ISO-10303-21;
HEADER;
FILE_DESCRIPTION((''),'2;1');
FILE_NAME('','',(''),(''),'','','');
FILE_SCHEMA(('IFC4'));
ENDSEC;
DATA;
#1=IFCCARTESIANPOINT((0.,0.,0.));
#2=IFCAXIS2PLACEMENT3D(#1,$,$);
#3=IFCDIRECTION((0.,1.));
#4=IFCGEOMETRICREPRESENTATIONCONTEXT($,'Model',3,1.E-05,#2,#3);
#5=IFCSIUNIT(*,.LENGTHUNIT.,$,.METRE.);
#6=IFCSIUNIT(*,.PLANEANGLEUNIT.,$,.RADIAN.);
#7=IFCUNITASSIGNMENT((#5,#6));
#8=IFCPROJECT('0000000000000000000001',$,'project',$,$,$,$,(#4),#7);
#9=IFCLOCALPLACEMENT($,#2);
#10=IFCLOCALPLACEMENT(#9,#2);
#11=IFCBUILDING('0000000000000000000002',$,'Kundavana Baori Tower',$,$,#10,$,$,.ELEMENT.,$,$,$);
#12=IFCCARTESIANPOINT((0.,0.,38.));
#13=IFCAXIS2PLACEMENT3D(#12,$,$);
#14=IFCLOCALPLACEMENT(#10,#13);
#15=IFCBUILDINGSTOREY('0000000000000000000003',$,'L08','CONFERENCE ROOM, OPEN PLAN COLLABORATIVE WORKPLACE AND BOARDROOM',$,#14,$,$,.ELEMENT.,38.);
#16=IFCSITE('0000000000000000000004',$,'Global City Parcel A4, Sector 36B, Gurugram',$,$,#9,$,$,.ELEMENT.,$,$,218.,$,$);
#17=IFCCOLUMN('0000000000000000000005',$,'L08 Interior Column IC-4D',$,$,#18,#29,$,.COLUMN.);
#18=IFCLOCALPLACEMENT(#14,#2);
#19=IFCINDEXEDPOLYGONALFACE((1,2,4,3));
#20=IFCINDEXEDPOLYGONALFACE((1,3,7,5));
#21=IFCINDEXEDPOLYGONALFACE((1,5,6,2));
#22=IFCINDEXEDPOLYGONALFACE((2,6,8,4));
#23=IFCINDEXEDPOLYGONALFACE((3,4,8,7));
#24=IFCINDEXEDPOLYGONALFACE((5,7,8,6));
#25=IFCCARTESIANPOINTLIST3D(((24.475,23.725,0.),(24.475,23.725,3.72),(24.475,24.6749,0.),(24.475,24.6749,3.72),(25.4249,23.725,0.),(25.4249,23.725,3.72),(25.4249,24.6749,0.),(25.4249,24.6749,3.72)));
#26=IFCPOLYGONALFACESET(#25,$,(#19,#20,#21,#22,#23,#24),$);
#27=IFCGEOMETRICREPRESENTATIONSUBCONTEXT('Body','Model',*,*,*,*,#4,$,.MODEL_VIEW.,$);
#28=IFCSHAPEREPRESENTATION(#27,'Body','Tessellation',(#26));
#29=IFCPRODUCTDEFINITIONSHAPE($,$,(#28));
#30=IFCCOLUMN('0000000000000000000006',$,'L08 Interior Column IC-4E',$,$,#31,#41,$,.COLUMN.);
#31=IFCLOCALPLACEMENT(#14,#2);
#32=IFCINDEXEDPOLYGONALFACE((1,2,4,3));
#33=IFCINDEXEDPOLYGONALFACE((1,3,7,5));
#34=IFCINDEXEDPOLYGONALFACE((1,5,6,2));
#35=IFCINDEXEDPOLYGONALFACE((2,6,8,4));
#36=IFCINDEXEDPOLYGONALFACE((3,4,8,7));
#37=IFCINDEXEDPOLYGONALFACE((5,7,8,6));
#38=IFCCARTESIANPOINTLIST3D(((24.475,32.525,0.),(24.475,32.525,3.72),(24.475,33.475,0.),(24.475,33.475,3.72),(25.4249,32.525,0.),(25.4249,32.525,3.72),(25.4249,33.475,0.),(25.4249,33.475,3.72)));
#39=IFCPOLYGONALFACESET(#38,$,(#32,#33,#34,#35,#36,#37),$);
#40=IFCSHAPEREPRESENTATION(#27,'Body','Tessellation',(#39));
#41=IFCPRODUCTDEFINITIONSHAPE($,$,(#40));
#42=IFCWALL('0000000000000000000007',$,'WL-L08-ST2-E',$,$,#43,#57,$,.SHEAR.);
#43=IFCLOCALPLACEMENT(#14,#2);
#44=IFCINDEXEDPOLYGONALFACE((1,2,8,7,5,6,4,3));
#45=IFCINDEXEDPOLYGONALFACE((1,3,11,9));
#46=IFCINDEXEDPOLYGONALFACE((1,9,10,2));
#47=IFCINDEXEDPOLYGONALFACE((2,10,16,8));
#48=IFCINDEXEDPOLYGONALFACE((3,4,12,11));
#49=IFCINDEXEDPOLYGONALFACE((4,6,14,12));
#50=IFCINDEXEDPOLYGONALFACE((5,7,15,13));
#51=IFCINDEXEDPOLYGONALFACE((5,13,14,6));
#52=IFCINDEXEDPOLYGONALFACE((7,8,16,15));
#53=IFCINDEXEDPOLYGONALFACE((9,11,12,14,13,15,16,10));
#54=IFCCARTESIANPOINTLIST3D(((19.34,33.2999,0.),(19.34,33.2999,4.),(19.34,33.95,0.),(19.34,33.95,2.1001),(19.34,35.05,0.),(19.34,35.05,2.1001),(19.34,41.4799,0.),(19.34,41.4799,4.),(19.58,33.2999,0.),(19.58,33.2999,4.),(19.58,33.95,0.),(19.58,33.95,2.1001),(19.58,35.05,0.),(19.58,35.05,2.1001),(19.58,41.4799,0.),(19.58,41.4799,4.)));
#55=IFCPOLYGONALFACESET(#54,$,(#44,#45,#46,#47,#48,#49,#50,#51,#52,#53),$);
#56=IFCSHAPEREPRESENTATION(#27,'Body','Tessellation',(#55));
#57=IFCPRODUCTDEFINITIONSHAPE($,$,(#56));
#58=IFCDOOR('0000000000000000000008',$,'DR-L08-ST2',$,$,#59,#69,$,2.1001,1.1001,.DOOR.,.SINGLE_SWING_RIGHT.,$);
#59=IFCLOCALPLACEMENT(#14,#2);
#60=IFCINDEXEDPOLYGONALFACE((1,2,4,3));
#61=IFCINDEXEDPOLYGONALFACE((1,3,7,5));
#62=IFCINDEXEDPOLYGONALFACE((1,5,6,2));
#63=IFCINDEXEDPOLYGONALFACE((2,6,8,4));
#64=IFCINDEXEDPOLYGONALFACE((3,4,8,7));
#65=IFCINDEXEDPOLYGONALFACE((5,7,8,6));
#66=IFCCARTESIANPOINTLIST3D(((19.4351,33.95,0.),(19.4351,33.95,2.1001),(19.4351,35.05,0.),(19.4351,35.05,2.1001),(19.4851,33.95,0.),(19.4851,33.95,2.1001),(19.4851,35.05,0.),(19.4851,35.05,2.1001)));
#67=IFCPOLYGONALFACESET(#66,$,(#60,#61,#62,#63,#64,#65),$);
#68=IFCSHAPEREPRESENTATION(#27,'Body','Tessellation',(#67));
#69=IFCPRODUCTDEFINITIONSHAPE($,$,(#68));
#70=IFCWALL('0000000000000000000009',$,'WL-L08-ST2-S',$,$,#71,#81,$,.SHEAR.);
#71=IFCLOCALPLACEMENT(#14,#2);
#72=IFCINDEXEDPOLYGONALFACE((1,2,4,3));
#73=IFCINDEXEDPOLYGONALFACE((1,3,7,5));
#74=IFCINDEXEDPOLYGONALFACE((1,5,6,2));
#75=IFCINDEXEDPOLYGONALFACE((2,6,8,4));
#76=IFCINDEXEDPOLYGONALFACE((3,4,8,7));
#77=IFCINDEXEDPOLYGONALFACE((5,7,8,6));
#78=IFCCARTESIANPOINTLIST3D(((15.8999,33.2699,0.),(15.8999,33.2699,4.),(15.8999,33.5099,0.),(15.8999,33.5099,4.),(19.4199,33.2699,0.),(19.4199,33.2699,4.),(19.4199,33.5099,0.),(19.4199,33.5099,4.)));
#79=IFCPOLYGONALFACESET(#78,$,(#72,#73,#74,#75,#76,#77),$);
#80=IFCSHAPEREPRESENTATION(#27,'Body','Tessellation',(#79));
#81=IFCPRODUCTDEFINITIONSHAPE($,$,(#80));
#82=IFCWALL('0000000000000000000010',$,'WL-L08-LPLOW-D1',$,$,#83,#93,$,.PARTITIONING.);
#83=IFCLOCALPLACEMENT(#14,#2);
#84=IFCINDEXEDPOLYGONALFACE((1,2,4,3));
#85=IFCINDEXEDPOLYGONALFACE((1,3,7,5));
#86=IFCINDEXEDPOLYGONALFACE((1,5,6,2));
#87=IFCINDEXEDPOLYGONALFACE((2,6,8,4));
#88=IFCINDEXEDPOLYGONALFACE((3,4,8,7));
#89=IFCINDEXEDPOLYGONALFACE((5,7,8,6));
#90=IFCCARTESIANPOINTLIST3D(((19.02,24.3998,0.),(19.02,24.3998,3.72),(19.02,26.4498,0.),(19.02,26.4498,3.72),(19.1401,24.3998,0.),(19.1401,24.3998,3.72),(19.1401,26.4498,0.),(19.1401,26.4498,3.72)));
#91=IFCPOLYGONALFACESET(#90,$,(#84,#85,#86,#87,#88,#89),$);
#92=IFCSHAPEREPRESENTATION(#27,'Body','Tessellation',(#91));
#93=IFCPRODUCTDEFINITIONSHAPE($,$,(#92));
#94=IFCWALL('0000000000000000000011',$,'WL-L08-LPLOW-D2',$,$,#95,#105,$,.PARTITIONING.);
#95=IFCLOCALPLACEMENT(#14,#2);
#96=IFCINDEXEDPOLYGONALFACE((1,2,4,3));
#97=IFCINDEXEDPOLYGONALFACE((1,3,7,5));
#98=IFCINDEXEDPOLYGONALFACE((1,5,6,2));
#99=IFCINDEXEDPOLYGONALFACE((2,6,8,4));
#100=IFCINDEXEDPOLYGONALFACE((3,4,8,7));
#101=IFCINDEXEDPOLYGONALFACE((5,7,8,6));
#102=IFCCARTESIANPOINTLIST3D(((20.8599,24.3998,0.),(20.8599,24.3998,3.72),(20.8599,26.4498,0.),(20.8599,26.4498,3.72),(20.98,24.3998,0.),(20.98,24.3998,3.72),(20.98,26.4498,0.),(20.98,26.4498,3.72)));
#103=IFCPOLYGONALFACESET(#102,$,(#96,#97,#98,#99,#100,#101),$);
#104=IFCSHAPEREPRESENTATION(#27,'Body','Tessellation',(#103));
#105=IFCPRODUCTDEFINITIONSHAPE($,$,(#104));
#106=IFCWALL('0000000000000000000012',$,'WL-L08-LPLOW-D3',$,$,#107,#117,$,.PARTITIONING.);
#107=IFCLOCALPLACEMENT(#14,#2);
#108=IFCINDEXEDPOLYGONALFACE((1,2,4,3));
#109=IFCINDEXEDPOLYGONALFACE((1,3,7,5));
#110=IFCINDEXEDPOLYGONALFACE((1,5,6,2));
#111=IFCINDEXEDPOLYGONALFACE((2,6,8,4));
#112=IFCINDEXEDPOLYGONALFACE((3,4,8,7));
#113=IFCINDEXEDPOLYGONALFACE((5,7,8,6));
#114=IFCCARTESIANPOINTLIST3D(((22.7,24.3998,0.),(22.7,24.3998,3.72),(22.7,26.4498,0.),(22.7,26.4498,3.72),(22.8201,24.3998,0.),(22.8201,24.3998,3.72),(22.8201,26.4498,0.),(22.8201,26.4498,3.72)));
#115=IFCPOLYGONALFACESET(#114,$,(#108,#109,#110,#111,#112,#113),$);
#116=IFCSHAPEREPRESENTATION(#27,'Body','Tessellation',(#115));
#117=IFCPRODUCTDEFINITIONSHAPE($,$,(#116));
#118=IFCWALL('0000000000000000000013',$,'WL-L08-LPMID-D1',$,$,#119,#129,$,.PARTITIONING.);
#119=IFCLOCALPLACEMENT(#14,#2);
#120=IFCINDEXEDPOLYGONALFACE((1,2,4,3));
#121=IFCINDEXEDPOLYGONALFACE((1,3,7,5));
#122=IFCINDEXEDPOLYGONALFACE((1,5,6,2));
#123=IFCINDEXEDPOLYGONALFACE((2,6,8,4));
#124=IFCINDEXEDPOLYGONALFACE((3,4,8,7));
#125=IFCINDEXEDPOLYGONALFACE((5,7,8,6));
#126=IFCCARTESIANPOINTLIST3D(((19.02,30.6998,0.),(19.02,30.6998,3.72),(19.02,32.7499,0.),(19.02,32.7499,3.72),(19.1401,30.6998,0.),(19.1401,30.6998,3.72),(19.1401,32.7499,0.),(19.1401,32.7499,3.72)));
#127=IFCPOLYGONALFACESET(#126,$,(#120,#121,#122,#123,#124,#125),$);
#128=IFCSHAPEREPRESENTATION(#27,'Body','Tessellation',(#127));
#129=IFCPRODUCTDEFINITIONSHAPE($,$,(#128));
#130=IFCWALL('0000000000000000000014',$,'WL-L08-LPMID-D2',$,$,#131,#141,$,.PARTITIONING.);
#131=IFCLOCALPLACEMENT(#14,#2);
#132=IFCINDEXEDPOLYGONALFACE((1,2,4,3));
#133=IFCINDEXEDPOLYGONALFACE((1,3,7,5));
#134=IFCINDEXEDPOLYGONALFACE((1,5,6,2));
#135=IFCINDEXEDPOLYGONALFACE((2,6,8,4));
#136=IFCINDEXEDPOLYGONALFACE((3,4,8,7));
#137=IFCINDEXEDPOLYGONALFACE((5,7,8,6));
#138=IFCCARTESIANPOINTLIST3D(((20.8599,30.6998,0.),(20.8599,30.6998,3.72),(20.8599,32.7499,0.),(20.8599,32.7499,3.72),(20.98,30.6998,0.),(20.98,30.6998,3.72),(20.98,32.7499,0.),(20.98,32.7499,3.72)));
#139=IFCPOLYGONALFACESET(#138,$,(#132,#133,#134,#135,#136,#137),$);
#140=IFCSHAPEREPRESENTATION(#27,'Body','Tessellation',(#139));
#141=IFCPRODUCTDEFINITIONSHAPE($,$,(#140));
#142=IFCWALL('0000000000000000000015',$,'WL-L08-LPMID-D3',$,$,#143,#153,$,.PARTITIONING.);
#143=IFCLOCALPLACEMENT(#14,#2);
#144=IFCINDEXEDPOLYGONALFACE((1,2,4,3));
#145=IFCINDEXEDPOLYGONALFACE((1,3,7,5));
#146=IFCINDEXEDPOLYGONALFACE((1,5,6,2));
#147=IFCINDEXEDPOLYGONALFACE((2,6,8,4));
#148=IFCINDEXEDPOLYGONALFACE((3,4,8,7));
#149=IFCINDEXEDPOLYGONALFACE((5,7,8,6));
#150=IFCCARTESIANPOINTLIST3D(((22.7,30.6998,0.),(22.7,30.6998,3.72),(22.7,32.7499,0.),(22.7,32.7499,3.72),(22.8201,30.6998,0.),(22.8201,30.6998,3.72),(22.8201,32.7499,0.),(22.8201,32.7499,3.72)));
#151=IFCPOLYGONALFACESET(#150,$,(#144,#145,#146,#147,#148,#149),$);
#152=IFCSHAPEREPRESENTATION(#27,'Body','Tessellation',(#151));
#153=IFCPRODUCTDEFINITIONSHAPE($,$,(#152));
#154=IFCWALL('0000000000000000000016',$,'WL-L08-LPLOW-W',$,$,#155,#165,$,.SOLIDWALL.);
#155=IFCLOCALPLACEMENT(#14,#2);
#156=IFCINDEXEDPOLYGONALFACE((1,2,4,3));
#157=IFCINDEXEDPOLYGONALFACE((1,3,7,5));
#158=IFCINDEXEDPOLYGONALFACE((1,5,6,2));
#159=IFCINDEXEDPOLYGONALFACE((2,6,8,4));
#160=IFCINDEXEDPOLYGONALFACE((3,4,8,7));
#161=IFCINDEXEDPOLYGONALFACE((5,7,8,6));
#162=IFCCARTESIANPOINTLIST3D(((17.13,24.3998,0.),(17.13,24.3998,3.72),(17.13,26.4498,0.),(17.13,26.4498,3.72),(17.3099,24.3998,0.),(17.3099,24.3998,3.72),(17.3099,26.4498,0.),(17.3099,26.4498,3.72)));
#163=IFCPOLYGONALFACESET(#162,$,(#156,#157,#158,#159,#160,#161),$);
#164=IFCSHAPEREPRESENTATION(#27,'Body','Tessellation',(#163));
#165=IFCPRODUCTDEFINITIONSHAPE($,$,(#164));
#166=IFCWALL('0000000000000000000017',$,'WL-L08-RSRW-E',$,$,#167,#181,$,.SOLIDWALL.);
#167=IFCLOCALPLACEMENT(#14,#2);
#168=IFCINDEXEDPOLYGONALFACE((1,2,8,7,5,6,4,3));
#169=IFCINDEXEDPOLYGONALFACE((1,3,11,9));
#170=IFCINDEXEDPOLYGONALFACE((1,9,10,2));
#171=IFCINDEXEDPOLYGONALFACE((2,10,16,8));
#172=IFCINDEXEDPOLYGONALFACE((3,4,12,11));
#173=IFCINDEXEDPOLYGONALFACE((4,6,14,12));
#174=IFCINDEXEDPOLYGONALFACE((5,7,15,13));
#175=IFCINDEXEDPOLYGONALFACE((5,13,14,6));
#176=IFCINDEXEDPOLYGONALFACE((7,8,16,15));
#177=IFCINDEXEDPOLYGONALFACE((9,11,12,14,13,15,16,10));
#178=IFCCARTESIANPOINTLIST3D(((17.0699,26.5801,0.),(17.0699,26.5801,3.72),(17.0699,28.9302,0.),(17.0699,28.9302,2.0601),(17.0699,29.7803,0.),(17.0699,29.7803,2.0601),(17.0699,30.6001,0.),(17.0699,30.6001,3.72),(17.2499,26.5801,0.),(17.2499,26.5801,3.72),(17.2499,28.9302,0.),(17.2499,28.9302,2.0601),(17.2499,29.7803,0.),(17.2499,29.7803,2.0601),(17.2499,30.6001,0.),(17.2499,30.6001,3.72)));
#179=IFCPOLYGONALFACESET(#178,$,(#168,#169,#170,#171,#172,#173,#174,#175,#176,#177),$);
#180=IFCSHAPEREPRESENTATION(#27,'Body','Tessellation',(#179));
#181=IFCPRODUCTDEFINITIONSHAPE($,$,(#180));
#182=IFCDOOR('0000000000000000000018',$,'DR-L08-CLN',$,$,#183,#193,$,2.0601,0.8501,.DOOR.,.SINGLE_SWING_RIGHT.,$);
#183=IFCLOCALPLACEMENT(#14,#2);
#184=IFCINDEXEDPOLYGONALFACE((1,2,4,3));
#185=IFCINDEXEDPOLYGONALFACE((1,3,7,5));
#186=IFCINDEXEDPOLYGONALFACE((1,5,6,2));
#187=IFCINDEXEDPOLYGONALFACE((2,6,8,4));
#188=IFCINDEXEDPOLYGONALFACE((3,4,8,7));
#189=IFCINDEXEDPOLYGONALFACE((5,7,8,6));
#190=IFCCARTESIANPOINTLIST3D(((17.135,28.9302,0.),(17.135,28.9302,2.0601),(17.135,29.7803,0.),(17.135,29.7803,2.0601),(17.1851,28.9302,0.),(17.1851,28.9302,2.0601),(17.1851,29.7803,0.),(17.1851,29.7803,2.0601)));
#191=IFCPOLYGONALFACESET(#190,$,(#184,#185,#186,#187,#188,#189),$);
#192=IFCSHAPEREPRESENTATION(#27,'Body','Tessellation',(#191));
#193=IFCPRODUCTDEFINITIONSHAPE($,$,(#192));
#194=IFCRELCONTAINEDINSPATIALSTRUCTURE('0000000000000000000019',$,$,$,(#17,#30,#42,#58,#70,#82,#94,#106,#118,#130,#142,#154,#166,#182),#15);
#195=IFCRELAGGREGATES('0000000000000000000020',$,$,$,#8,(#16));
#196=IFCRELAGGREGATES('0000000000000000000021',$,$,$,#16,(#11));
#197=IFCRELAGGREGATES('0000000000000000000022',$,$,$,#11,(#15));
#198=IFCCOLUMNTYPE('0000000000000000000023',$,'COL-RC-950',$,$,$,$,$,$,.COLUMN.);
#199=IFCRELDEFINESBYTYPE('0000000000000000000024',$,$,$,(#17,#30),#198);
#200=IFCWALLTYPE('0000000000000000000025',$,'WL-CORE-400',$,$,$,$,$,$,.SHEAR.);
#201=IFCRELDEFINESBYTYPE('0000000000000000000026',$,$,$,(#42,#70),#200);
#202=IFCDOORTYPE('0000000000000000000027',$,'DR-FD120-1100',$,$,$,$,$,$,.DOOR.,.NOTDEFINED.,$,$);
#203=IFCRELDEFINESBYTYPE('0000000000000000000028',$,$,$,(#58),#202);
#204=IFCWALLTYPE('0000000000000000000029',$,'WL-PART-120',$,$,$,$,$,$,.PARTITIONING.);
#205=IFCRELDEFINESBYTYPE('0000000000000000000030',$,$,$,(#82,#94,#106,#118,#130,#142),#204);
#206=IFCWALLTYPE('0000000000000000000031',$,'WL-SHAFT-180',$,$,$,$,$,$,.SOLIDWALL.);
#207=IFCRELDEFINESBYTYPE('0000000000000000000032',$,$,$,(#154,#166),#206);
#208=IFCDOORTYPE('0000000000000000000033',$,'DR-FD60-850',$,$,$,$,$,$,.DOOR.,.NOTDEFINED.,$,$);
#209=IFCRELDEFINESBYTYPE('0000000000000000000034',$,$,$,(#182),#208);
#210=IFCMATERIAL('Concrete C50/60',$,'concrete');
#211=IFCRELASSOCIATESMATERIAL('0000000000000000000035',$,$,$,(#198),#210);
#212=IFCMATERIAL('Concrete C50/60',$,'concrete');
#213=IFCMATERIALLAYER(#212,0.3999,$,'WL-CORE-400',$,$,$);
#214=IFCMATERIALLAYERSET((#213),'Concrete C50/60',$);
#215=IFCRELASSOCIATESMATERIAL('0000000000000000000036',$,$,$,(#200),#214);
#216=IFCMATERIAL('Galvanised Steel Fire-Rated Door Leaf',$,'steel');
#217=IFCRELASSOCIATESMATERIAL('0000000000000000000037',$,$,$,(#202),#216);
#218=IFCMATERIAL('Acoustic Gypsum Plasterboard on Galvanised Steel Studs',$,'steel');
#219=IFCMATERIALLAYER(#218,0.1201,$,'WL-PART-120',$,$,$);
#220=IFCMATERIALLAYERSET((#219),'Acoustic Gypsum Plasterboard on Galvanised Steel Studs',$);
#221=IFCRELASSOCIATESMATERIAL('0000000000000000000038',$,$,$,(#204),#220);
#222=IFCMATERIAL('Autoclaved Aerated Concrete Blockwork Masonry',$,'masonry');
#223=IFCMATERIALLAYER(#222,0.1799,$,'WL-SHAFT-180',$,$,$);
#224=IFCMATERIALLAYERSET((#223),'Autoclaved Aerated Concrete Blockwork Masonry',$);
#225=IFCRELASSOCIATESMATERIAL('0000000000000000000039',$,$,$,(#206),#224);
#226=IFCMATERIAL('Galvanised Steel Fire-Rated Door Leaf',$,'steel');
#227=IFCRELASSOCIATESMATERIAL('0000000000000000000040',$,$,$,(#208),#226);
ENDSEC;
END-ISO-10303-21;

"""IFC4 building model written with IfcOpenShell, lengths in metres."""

from ifc_helpers import new_model, si_unit, direction, frame, frame_2d, origin, origin_2d, place, context, subcontext, project, spatial, rectangle, extrude, material, layer, layer_set, material_profile, profile_set, type_object, element, fill, save


model = new_model("IFC4")

# Units and contexts
model_context = context("Model", 3, precision=1e-05, world=origin(), true_north=direction((0.0, 1.0)))
body_context = subcontext(model_context, "Body", "Model", "MODEL_VIEW")
ifc_project = project(units=[si_unit("LENGTHUNIT", "METRE"), si_unit("PLANEANGLEUNIT", "RADIAN")], contexts=[model_context])

# Site, building, storey
site_placement = place(None, origin())
site = spatial("IfcSite", under=ifc_project, at=site_placement, Name="Global City Parcel A4, Sector 36B, Gurugram", CompositionType="ELEMENT", RefElevation=218.0)
building_placement = place(site_placement, origin())
building = spatial("IfcBuilding", under=site, at=building_placement, Name="Kundavana Baori Tower", CompositionType="ELEMENT")
storey_placement = place(building_placement, frame((0.0, 0.0, 38.0)))
storey = spatial("IfcBuildingStorey", under=building, at=storey_placement, Name="L08", Description="CONFERENCE ROOM, OPEN PLAN COLLABORATIVE WORKPLACE AND BOARDROOM", CompositionType="ELEMENT", Elevation=38.0)

# Columns
ifc_material_1 = material(Name="Concrete C50/60", Category="concrete")
ifc_material_profile = material_profile(ifc_material_1, rectangle(XDim=0.95, YDim=0.95, at=origin_2d()), Name="RC 950x950")
ifc_profile_set = profile_set([ifc_material_profile], Name="Concrete C50/60")
column_type = type_object("IfcColumnType", Name="COL-RC-950", PredefinedType="COLUMN", material=ifc_profile_set)
for number, where, z_axis, x_axis, name in (
    (1, (24.95, 24.2, 0.0), (0.0, 0.0, 1.0), (1.0, 0.0, 0.0), "L08 Interior Column IC-4D"),
    (2, (24.95, 33.0, 0.0), (0.0, 0.0, 1.0), (1.0, 0.0, 0.0), "L08 Interior Column IC-4E"),
):
    element("IfcColumn", number, at=place(storey_placement, frame(where, z_axis=z_axis, x_axis=x_axis)), inside=storey, type_object=column_type, Name=name, PredefinedType="COLUMN", context=body_context, shape_type="SweptSolid", body=[
        extrude(rectangle(XDim=0.95, YDim=0.95, at=origin_2d()), origin(), (0.0, 0.0, 1.0), 3.72),
    ])

# Wall, opening, door
ifc_material_2 = material(Name="Concrete C50/60", Category="concrete")
ifc_layer_1 = layer(ifc_material_2, 0.3999, Name="WL-CORE-400")
ifc_layer_set_1 = layer_set([ifc_layer_1], Name="Concrete C50/60")
wall_type_1 = type_object("IfcWallType", Name="WL-CORE-400", PredefinedType="SHEAR", material=ifc_layer_set_1)
wall_1_placement = place(storey_placement, frame((19.46, 33.3, 0.0), z_axis=(0.0, 0.0, 1.0), x_axis=(0.0, 1.0, 0.0)))
wall_1 = element("IfcWall", 3, at=wall_1_placement, inside=storey, type_object=wall_type_1, Name="WL-L08-ST2-E", PredefinedType="SHEAR", context=body_context, shape_type="SweptSolid", body=[
    extrude(rectangle(XDim=8.1799, YDim=0.24, at=frame_2d((4.0898, 0.0))), origin(), (0.0, 0.0, 1.0), 4.0),
])
opening_1_placement = place(wall_1_placement, frame((0.6499, 0.0, 0.0)))
opening_1 = element("IfcOpeningElement", 4, at=opening_1_placement, cuts=wall_1, PredefinedType="OPENING", context=body_context, shape_type="SweptSolid", body=[
    extrude(rectangle(XDim=1.1001, YDim=2.1001, at=frame_2d((0.55, 1.05))), frame((0.0, 0.1299, 0.0), z_axis=(0.0, -1.0, 0.0), x_axis=(1.0, 0.0, 0.0)), (0.0, 0.0, 1.0), 0.26),
])
ifc_material_3 = material(Name="Galvanised Steel Fire-Rated Door Leaf", Category="steel")
door_type_1 = type_object("IfcDoorType", Name="DR-FD120-1100", OperationType="NOTDEFINED", PredefinedType="DOOR", material=ifc_material_3)
door_1_placement = place(opening_1_placement, origin())
door_1 = element("IfcDoor", 5, at=door_1_placement, inside=storey, type_object=door_type_1, Name="DR-L08-ST2", OperationType="SINGLE_SWING_RIGHT", OverallHeight=2.1001, OverallWidth=1.1001, PredefinedType="DOOR", context=body_context, shape_type="SweptSolid", body=[
    extrude(rectangle(XDim=1.1001, YDim=2.1001, at=frame_2d((0.55, 1.05))), frame((0.0, 0.0249, 0.0), z_axis=(0.0, -1.0, 0.0), x_axis=(1.0, 0.0, 0.0)), (0.0, 0.0, 1.0), 0.05),
])
fill(opening_1, door_1)

# Walls
wall_2_placement = place(storey_placement, frame((15.8999, 33.3899, 0.0), z_axis=(0.0, 0.0, 1.0), x_axis=(1.0, 0.0, 0.0)))
element("IfcWall", 6, at=wall_2_placement, inside=storey, type_object=wall_type_1, Name="WL-L08-ST2-S", PredefinedType="SHEAR", context=body_context, shape_type="SweptSolid", body=[
    extrude(rectangle(XDim=3.52, YDim=0.24, at=frame_2d((1.76, 0.0))), origin(), (0.0, 0.0, 1.0), 4.0),
])
ifc_material_4 = material(Name="Acoustic Gypsum Plasterboard on Galvanised Steel Studs", Category="steel")
ifc_layer_2 = layer(ifc_material_4, 0.1201, Name="WL-PART-120")
ifc_layer_set_2 = layer_set([ifc_layer_2], Name="Acoustic Gypsum Plasterboard on Galvanised Steel Studs")
wall_type_2 = type_object("IfcWallType", Name="WL-PART-120", PredefinedType="PARTITIONING", material=ifc_layer_set_2)
for number, where, z_axis, x_axis, name in (
    (7, (19.0801, 24.3999, 0.0), (0.0, 0.0, 1.0), (0.0, 1.0, 0.0), "WL-L08-LPLOW-D1"),
    (8, (20.9199, 24.3999, 0.0), (0.0, 0.0, 1.0), (0.0, 1.0, 0.0), "WL-L08-LPLOW-D2"),
    (9, (22.76, 24.3999, 0.0), (0.0, 0.0, 1.0), (0.0, 1.0, 0.0), "WL-L08-LPLOW-D3"),
    (10, (19.0801, 30.7, 0.0), (0.0, 0.0, 1.0), (0.0, 1.0, 0.0), "WL-L08-LPMID-D1"),
    (11, (20.9199, 30.7, 0.0), (0.0, 0.0, 1.0), (0.0, 1.0, 0.0), "WL-L08-LPMID-D2"),
    (12, (22.76, 30.7, 0.0), (0.0, 0.0, 1.0), (0.0, 1.0, 0.0), "WL-L08-LPMID-D3"),
):
    element("IfcWall", number, at=place(storey_placement, frame(where, z_axis=z_axis, x_axis=x_axis)), inside=storey, type_object=wall_type_2, Name=name, PredefinedType="PARTITIONING", context=body_context, shape_type="SweptSolid", body=[
        extrude(rectangle(XDim=2.05, YDim=0.1201, at=frame_2d((1.0249, 0.0))), origin(), (0.0, 0.0, 1.0), 3.72),
    ])
ifc_material_5 = material(Name="Autoclaved Aerated Concrete Blockwork Masonry", Category="masonry")
ifc_layer_3 = layer(ifc_material_5, 0.1799, Name="WL-SHAFT-180")
ifc_layer_set_3 = layer_set([ifc_layer_3], Name="Autoclaved Aerated Concrete Blockwork Masonry")
wall_type_3 = type_object("IfcWallType", Name="WL-SHAFT-180", PredefinedType="SOLIDWALL", material=ifc_layer_set_3)
wall_3_placement = place(storey_placement, frame((17.22, 24.3999, 0.0), z_axis=(0.0, 0.0, 1.0), x_axis=(0.0, 1.0, 0.0)))
element("IfcWall", 13, at=wall_3_placement, inside=storey, type_object=wall_type_3, Name="WL-L08-LPLOW-W", PredefinedType="SOLIDWALL", context=body_context, shape_type="SweptSolid", body=[
    extrude(rectangle(XDim=2.05, YDim=0.1799, at=frame_2d((1.0249, 0.0))), origin(), (0.0, 0.0, 1.0), 3.72),
])

# Wall, opening, door
wall_4_placement = place(storey_placement, frame((17.1599, 26.5801, 0.0), z_axis=(0.0, 0.0, 1.0), x_axis=(0.0, 1.0, 0.0)))
wall_4 = element("IfcWall", 14, at=wall_4_placement, inside=storey, type_object=wall_type_3, Name="WL-L08-RSRW-E", PredefinedType="SOLIDWALL", context=body_context, shape_type="SweptSolid", body=[
    extrude(rectangle(XDim=4.02, YDim=0.1799, at=frame_2d((2.01, 0.0))), origin(), (0.0, 0.0, 1.0), 3.72),
])
opening_2_placement = place(wall_4_placement, frame((2.3501, 0.0, 0.0)))
opening_2 = element("IfcOpeningElement", 15, at=opening_2_placement, cuts=wall_4, PredefinedType="OPENING", context=body_context, shape_type="SweptSolid", body=[
    extrude(rectangle(XDim=0.8501, YDim=2.0601, at=frame_2d((0.425, 1.03))), frame((0.0, 0.1001, 0.0), z_axis=(0.0, -1.0, 0.0), x_axis=(1.0, 0.0, 0.0)), (0.0, 0.0, 1.0), 0.2),
])
ifc_material_6 = material(Name="Galvanised Steel Fire-Rated Door Leaf", Category="steel")
door_type_2 = type_object("IfcDoorType", Name="DR-FD60-850", OperationType="NOTDEFINED", PredefinedType="DOOR", material=ifc_material_6)
door_2_placement = place(opening_2_placement, origin())
door_2 = element("IfcDoor", 16, at=door_2_placement, inside=storey, type_object=door_type_2, Name="DR-L08-CLN", OperationType="SINGLE_SWING_RIGHT", OverallHeight=2.0601, OverallWidth=0.8501, PredefinedType="DOOR", context=body_context, shape_type="SweptSolid", body=[
    extrude(rectangle(XDim=0.8501, YDim=2.0601, at=frame_2d((0.425, 1.03))), frame((0.0, 0.0249, 0.0), z_axis=(0.0, -1.0, 0.0), x_axis=(1.0, 0.0, 0.0)), (0.0, 0.0, 1.0), 0.05),
])
fill(opening_2, door_2)

save(model, "model.ifc")
